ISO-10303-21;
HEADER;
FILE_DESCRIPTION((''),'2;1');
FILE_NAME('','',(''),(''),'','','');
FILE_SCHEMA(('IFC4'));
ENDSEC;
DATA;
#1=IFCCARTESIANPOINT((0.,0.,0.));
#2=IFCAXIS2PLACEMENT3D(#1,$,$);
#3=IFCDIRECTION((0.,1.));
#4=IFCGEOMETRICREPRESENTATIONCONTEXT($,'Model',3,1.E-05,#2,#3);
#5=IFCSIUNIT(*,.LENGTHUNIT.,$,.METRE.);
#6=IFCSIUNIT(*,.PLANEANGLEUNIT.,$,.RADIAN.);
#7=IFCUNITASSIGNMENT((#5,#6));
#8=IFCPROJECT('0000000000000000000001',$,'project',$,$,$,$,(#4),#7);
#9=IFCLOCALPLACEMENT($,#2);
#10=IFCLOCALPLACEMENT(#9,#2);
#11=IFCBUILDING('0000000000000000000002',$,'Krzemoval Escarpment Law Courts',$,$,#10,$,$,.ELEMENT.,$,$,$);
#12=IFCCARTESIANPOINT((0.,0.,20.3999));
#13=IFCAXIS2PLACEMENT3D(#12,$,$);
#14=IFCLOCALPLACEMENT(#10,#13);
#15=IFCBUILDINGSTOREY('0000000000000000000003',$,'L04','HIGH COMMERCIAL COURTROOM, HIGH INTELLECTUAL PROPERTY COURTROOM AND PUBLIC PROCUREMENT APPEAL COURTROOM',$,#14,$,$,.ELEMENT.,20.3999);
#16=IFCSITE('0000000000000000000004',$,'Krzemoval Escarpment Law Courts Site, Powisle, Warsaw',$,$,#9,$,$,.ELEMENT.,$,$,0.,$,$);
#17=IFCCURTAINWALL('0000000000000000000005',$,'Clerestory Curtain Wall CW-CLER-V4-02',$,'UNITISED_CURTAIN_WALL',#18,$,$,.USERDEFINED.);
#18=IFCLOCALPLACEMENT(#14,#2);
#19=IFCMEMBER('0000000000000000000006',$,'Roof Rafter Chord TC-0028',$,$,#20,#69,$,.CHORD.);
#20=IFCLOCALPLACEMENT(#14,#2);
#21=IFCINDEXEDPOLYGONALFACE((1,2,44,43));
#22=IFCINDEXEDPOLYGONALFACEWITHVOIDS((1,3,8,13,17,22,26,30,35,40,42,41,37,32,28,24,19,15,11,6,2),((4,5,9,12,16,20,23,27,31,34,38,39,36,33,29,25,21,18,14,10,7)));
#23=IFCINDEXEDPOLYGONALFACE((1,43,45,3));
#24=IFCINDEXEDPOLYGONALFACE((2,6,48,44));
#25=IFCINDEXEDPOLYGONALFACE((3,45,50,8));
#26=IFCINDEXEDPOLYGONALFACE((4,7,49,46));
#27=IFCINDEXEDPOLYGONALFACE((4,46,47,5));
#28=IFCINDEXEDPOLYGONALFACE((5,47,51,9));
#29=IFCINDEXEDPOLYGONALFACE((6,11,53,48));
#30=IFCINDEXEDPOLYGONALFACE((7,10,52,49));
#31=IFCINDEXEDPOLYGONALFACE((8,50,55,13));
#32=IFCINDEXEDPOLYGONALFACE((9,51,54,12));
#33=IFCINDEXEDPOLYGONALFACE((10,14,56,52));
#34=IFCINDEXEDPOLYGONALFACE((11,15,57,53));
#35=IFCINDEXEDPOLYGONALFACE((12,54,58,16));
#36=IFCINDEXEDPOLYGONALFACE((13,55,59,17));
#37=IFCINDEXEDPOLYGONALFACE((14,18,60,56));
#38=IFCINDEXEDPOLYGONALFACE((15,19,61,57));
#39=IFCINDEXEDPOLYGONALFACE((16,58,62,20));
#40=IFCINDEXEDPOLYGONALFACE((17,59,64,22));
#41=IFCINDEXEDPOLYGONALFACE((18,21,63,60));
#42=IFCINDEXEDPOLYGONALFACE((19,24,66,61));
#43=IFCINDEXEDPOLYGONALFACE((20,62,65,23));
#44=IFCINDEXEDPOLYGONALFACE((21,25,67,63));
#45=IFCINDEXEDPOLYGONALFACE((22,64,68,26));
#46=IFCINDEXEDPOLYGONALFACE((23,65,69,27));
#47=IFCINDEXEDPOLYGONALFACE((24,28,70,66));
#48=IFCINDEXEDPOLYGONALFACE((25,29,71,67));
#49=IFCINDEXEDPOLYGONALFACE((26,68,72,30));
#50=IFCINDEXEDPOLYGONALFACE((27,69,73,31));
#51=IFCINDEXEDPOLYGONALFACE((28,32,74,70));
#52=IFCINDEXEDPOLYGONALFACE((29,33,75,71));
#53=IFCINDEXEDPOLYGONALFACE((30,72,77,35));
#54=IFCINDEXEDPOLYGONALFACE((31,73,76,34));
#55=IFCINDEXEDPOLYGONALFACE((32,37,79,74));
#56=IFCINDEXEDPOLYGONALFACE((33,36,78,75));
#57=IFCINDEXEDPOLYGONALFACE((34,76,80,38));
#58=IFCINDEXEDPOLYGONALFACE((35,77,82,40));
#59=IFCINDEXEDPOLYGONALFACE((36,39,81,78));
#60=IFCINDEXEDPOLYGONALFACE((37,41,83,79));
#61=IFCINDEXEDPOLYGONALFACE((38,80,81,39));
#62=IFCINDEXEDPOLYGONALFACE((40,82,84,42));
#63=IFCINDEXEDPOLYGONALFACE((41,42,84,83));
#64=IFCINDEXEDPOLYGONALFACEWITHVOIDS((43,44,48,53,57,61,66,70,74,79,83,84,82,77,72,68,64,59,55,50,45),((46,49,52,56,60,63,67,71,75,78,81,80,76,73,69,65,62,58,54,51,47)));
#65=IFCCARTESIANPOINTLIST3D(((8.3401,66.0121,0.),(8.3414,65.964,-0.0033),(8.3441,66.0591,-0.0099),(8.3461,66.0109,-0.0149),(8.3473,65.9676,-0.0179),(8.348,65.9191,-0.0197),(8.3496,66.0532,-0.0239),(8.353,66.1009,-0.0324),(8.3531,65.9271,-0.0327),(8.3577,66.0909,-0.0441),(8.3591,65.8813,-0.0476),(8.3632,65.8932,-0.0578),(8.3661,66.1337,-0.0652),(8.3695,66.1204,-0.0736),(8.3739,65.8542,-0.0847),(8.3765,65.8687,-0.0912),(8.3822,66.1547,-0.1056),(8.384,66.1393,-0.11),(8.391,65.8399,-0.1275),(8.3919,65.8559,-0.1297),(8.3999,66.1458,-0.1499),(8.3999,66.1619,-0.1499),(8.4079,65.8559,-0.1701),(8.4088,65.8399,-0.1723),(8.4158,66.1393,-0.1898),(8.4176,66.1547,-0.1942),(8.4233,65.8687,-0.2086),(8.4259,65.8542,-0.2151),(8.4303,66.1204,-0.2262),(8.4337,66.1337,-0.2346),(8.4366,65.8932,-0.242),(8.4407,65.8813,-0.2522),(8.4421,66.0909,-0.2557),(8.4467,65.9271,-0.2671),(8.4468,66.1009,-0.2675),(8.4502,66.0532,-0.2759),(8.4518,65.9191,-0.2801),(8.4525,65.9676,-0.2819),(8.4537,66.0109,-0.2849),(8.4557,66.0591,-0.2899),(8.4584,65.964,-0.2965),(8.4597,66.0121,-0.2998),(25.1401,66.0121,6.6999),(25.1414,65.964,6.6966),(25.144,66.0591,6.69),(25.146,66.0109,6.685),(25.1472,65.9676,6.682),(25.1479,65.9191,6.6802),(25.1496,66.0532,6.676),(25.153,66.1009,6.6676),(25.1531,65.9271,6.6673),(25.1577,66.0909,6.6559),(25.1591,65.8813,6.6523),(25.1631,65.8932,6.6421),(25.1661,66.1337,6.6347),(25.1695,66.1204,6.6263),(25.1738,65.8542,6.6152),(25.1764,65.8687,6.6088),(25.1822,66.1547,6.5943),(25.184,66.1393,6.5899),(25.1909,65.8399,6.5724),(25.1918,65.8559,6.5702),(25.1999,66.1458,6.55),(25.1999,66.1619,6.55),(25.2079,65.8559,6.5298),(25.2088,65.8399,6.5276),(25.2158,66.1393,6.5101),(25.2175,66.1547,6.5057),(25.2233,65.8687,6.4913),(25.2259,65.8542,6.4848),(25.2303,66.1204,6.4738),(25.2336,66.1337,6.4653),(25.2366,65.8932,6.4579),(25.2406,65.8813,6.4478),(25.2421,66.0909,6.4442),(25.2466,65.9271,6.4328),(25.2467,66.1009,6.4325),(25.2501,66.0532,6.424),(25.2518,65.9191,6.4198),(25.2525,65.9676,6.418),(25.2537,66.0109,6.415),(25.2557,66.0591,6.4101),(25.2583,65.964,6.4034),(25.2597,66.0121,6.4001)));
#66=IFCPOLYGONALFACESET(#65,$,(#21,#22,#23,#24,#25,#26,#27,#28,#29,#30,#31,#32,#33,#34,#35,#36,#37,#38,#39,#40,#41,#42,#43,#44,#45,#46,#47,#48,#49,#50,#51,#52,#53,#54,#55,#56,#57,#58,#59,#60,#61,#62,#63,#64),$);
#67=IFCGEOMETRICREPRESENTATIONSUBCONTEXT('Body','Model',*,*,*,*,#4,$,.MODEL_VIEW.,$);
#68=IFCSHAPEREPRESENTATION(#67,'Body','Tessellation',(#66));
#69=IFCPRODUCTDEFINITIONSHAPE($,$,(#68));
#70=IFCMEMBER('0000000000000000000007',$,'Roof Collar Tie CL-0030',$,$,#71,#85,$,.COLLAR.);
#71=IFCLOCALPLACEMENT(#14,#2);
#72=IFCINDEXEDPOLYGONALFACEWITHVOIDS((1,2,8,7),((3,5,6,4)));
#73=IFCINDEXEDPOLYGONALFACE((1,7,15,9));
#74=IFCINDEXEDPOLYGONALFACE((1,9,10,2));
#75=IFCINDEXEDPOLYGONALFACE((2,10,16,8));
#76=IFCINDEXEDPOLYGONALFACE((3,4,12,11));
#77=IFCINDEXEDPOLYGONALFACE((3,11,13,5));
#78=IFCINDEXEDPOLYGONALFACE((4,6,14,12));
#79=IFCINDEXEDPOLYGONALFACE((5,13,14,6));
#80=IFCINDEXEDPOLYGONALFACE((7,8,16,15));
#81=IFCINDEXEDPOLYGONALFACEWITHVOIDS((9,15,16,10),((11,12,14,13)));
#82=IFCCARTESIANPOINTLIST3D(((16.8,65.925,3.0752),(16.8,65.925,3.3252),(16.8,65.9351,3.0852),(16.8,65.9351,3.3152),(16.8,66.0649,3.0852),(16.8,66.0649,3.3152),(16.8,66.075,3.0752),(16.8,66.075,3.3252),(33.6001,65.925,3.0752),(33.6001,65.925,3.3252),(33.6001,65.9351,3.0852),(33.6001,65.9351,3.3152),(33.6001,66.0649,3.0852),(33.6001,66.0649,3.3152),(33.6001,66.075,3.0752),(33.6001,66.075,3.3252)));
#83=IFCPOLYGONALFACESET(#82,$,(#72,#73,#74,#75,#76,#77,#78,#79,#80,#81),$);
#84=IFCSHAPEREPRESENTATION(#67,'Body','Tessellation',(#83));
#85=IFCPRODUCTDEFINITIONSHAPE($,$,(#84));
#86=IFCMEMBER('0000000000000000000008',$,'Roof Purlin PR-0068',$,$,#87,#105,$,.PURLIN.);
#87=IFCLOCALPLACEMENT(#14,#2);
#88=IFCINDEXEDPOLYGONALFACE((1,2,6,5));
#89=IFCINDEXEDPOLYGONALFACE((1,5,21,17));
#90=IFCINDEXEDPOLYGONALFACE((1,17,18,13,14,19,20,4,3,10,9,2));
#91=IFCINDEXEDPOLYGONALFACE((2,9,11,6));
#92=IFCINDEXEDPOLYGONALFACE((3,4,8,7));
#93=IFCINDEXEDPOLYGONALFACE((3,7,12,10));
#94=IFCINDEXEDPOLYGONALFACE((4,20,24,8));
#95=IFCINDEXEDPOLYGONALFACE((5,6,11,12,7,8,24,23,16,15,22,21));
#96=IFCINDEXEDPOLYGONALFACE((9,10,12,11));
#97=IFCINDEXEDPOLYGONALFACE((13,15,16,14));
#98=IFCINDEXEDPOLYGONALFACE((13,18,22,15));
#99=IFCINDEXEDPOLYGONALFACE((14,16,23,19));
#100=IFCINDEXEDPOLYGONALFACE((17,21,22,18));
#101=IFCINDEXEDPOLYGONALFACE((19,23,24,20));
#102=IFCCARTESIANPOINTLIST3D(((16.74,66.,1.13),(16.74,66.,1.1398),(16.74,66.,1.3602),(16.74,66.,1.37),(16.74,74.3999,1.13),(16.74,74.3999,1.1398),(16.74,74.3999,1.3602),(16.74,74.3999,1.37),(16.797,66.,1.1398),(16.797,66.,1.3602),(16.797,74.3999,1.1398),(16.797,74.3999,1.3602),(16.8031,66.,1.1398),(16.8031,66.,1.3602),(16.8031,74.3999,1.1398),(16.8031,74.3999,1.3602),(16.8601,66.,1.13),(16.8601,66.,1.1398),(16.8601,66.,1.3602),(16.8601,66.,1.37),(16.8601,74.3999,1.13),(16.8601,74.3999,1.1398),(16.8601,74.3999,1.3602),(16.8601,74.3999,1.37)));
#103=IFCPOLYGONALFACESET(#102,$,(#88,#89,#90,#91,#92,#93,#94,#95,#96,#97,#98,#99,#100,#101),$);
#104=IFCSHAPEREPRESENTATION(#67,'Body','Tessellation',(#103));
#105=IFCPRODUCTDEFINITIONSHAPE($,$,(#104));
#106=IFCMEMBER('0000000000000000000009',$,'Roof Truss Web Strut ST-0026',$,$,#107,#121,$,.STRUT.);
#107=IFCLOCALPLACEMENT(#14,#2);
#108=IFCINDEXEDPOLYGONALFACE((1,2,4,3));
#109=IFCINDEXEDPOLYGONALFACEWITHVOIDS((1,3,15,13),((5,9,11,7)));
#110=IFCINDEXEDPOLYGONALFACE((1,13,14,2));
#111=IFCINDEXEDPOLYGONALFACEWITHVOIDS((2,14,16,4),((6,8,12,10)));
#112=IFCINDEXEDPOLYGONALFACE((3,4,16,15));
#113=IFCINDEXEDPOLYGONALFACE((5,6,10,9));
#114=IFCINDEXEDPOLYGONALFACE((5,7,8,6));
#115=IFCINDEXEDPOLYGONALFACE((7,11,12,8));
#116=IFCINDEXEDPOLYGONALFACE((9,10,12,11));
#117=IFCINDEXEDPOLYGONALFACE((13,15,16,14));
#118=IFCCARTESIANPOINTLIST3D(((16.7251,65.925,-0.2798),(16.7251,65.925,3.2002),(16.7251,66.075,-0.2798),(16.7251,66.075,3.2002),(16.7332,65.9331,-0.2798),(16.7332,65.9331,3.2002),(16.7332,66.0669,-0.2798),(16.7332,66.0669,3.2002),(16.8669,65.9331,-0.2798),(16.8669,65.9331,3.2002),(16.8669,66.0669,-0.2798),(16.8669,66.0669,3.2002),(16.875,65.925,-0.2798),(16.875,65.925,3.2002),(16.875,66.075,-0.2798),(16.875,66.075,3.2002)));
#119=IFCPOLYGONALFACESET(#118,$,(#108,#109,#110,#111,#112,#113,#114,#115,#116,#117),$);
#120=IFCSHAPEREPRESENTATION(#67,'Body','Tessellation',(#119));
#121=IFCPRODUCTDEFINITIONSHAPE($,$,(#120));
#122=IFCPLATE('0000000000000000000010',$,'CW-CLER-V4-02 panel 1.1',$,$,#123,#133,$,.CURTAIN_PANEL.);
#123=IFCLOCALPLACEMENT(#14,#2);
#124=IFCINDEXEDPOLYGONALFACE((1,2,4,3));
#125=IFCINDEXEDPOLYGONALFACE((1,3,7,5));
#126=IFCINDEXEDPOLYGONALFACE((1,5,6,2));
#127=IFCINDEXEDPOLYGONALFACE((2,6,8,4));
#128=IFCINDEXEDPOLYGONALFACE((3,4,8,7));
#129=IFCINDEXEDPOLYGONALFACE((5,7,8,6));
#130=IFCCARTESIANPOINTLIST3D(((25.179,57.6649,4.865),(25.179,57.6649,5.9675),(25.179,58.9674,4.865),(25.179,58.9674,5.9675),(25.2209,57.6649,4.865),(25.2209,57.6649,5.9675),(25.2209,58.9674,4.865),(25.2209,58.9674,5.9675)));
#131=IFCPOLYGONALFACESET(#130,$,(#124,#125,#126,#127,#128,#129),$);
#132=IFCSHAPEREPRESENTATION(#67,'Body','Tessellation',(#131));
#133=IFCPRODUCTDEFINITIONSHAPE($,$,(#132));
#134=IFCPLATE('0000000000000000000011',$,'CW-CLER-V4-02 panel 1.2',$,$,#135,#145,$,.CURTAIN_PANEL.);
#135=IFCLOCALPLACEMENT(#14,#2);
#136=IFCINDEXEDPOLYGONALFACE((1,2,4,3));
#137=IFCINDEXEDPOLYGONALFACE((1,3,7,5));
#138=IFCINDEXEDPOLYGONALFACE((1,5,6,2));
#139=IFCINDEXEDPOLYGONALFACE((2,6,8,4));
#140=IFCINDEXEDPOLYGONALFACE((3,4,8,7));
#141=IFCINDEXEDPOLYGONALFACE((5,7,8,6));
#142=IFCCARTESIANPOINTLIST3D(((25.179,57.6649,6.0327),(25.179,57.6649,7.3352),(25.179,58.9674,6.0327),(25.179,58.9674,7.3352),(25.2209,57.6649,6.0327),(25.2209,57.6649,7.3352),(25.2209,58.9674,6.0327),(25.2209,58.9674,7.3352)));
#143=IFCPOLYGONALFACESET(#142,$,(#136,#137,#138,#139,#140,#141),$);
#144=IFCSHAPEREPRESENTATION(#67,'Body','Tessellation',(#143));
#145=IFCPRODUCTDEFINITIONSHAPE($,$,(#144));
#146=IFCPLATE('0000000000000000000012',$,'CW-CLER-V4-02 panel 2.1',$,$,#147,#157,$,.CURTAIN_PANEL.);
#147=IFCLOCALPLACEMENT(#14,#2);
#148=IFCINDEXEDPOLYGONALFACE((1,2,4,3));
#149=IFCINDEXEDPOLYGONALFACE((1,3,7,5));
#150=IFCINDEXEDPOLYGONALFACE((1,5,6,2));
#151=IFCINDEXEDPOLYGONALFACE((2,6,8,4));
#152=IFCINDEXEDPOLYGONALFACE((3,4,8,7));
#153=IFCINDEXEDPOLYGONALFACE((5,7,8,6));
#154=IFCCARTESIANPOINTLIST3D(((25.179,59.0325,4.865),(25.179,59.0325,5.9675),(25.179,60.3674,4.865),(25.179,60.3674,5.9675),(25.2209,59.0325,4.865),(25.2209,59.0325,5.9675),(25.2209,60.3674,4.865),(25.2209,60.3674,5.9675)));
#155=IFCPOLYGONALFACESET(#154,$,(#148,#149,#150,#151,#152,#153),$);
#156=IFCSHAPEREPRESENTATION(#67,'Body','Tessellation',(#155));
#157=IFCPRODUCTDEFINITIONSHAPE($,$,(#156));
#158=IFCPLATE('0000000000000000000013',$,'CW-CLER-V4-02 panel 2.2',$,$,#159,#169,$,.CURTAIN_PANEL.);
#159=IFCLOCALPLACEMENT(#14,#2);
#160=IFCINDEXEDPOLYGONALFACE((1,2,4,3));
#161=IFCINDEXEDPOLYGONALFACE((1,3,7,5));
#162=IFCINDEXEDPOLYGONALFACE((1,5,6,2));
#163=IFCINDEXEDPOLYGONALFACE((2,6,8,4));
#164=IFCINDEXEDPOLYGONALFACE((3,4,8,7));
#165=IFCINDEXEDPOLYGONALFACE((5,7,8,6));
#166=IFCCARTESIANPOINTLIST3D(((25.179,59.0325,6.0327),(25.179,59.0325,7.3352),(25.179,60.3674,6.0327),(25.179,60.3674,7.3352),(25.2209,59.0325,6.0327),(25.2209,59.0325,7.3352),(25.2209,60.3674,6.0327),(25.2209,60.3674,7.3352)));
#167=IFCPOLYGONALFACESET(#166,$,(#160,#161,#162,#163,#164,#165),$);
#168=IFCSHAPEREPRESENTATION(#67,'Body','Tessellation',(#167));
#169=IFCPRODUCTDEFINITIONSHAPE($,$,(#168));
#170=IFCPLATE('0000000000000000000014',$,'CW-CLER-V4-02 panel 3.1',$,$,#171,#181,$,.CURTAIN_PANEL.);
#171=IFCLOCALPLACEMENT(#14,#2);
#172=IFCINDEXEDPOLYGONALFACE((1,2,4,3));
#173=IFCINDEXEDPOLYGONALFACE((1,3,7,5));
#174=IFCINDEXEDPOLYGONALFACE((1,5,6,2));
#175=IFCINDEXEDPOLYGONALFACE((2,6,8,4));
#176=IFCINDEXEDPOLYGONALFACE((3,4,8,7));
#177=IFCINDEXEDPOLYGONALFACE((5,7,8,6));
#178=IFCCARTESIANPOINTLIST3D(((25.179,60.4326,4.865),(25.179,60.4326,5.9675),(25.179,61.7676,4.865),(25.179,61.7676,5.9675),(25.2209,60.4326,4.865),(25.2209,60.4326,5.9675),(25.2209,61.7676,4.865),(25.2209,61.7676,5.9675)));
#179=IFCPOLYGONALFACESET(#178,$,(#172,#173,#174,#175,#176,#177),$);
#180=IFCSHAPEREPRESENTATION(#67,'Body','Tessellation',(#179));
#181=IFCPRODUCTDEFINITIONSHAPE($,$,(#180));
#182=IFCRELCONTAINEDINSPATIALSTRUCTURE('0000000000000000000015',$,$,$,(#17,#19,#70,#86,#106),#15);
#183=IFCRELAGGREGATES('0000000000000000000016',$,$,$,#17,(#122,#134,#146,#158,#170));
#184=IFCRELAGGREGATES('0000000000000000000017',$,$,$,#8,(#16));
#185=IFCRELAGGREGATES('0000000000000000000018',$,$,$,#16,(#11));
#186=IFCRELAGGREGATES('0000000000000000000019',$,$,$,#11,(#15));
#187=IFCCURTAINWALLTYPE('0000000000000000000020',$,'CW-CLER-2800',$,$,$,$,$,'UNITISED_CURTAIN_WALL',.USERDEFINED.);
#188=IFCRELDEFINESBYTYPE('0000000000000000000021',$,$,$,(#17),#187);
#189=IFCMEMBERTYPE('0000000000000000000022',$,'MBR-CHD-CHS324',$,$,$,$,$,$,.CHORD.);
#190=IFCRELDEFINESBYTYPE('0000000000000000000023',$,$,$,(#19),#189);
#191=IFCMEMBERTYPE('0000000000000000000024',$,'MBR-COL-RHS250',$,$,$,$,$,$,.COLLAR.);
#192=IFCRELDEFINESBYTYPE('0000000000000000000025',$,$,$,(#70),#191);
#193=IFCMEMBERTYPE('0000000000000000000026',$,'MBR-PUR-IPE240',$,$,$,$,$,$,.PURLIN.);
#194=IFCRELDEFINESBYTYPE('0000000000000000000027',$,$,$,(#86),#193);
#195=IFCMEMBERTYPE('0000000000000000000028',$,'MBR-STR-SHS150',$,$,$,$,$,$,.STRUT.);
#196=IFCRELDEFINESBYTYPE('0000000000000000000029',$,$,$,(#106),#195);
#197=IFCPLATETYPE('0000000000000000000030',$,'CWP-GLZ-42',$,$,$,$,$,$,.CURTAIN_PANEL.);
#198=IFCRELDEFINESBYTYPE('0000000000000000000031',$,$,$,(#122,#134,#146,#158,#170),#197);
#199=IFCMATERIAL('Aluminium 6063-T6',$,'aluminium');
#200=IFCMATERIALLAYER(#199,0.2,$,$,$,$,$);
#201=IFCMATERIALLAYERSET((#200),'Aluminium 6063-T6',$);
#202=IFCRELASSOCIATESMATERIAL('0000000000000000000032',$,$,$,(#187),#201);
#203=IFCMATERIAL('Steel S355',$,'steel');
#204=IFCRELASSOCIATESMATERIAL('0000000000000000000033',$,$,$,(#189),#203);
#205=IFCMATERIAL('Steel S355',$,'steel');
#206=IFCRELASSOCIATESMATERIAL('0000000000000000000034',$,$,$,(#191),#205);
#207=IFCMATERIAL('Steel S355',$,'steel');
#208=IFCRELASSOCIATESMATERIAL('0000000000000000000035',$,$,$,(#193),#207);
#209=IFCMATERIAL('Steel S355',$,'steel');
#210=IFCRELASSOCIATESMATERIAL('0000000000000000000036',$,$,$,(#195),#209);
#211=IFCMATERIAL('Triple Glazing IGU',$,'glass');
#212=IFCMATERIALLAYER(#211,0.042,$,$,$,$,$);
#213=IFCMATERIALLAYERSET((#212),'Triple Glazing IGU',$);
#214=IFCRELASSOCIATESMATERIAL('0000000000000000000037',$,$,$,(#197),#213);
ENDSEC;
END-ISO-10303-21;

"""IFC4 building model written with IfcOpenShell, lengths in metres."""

from ifc_helpers import new_model, si_unit, direction, frame, origin, origin_2d, place, context, subcontext, project, spatial, rectangle, hollow_rectangle, hollow_circle, i_section, extrude, material, layer, layer_set, material_profile, profile_set, type_object, element, aggregate, save


model = new_model("IFC4")

# Units and contexts
model_context = context("Model", 3, precision=1e-05, world=origin(), true_north=direction((0.0, 1.0)))
body_context = subcontext(model_context, "Body", "Model", "MODEL_VIEW")
ifc_project = project(units=[si_unit("LENGTHUNIT", "METRE"), si_unit("PLANEANGLEUNIT", "RADIAN")], contexts=[model_context])

# Site, building, storey
site_placement = place(None, origin())
site = spatial("IfcSite", under=ifc_project, at=site_placement, Name="Krzemoval Escarpment Law Courts Site, Powisle, Warsaw", CompositionType="ELEMENT", RefElevation=0.0)
building_placement = place(site_placement, origin())
building = spatial("IfcBuilding", under=site, at=building_placement, Name="Krzemoval Escarpment Law Courts", CompositionType="ELEMENT")
storey_placement = place(building_placement, frame((0.0, 0.0, 20.3999)))
storey = spatial("IfcBuildingStorey", under=building, at=storey_placement, Name="L04", Description="HIGH COMMERCIAL COURTROOM, HIGH INTELLECTUAL PROPERTY COURTROOM AND PUBLIC PROCUREMENT APPEAL COURTROOM", CompositionType="ELEMENT", Elevation=20.3999)

# Curtain wall
ifc_material_1 = material(Name="Aluminium 6063-T6", Category="aluminium")
ifc_layer_1 = layer(ifc_material_1, 0.2)
ifc_layer_set_1 = layer_set([ifc_layer_1], Name="Aluminium 6063-T6")
curtain_wall_type = type_object("IfcCurtainWallType", Name="CW-CLER-2800", ElementType="UNITISED_CURTAIN_WALL", PredefinedType="USERDEFINED", material=ifc_layer_set_1)
curtain_wall_placement = place(storey_placement, origin())
curtain_wall = element("IfcCurtainWall", 1, at=curtain_wall_placement, inside=storey, type_object=curtain_wall_type, Name="Clerestory Curtain Wall CW-CLER-V4-02", ObjectType="UNITISED_CURTAIN_WALL", PredefinedType="USERDEFINED")

# Members
ifc_material_2 = material(Name="Steel S355", Category="steel")
ifc_material_profile_1 = material_profile(ifc_material_2, hollow_circle(Radius=0.1619, WallThickness=0.0161, at=origin_2d()), Name="CHS 323.9x16")
ifc_profile_set_1 = profile_set([ifc_material_profile_1], Name="Steel S355")
member_type_1 = type_object("IfcMemberType", Name="MBR-CHD-CHS324", PredefinedType="CHORD", material=ifc_profile_set_1)
member_1_placement = place(storey_placement, frame((8.3999, 66.0, -0.1499), z_axis=(0.928859, 0.0, 0.370434), x_axis=(0.0, 1.0, 0.0)))
element("IfcMember", 2, at=member_1_placement, inside=storey, type_object=member_type_1, Name="Roof Rafter Chord TC-0028", PredefinedType="CHORD", context=body_context, shape_type="SweptSolid", body=[
    extrude(hollow_circle(Radius=0.1619, WallThickness=0.0161, at=origin_2d()), origin(), (0.0, 0.0, 1.0), 18.0867),
])
ifc_material_3 = material(Name="Steel S355", Category="steel")
ifc_material_profile_2 = material_profile(ifc_material_3, hollow_rectangle(XDim=0.1499, YDim=0.25, WallThickness=0.01, at=origin_2d()), Name="RHS 250x150x10")
ifc_profile_set_2 = profile_set([ifc_material_profile_2], Name="Steel S355")
member_type_2 = type_object("IfcMemberType", Name="MBR-COL-RHS250", PredefinedType="COLLAR", material=ifc_profile_set_2)
member_2_placement = place(storey_placement, frame((16.8, 66.0, 3.2002), z_axis=(1.0, 0.0, 0.0), x_axis=(0.0, 1.0, 0.0)))
element("IfcMember", 3, at=member_2_placement, inside=storey, type_object=member_type_2, Name="Roof Collar Tie CL-0030", PredefinedType="COLLAR", context=body_context, shape_type="SweptSolid", body=[
    extrude(hollow_rectangle(XDim=0.1499, YDim=0.25, WallThickness=0.01, at=origin_2d()), origin(), (0.0, 0.0, 1.0), 16.8),
])
ifc_material_4 = material(Name="Steel S355", Category="steel")
ifc_material_profile_3 = material_profile(ifc_material_4, i_section(OverallWidth=0.1201, OverallDepth=0.24, WebThickness=0.0061, FlangeThickness=0.0098, at=origin_2d()), Name="IPE 240")
ifc_profile_set_3 = profile_set([ifc_material_profile_3], Name="Steel S355")
member_type_3 = type_object("IfcMemberType", Name="MBR-PUR-IPE240", PredefinedType="PURLIN", material=ifc_profile_set_3)
member_3_placement = place(storey_placement, frame((16.8, 66.0, 1.25), z_axis=(0.0, 1.0, 0.0), x_axis=(-1.0, 0.0, 0.0)))
element("IfcMember", 4, at=member_3_placement, inside=storey, type_object=member_type_3, Name="Roof Purlin PR-0068", PredefinedType="PURLIN", context=body_context, shape_type="SweptSolid", body=[
    extrude(i_section(OverallWidth=0.1201, OverallDepth=0.24, WebThickness=0.0061, FlangeThickness=0.0098, at=origin_2d()), origin(), (0.0, 0.0, 1.0), 8.3999),
])
ifc_material_5 = material(Name="Steel S355", Category="steel")
ifc_material_profile_4 = material_profile(ifc_material_5, hollow_rectangle(XDim=0.1499, YDim=0.1499, WallThickness=0.0081, at=origin_2d()), Name="SHS 150x150x8")
ifc_profile_set_4 = profile_set([ifc_material_profile_4], Name="Steel S355")
member_type_4 = type_object("IfcMemberType", Name="MBR-STR-SHS150", PredefinedType="STRUT", material=ifc_profile_set_4)
member_4_placement = place(storey_placement, frame((16.8, 66.0, -0.2798), z_axis=(0.0, 0.0, 1.0), x_axis=(1.0, 0.0, 0.0)))
element("IfcMember", 5, at=member_4_placement, inside=storey, type_object=member_type_4, Name="Roof Truss Web Strut ST-0026", PredefinedType="STRUT", context=body_context, shape_type="SweptSolid", body=[
    extrude(hollow_rectangle(XDim=0.1499, YDim=0.1499, WallThickness=0.0081, at=origin_2d()), origin(), (0.0, 0.0, 1.0), 3.48),
])

# Plates
ifc_material_6 = material(Name="Triple Glazing IGU", Category="glass")
ifc_layer_2 = layer(ifc_material_6, 0.042)
ifc_layer_set_2 = layer_set([ifc_layer_2], Name="Triple Glazing IGU")
plate_type_1 = type_object("IfcPlateType", Name="CWP-GLZ-42", PredefinedType="CURTAIN_PANEL", material=ifc_layer_set_2)
plate_1_placement = place(storey_placement, frame((25.2, 58.3162, 4.865), z_axis=(0.0, 0.0, 1.0), x_axis=(0.0, 1.0, 0.0)))
plate_1 = element("IfcPlate", 6, at=plate_1_placement, type_object=plate_type_1, Name="CW-CLER-V4-02 panel 1.1", PredefinedType="CURTAIN_PANEL", context=body_context, shape_type="SweptSolid", body=[
    extrude(rectangle(XDim=1.3025, YDim=0.042, at=origin_2d()), origin(), (0.0, 0.0, 1.0), 1.1025),
])
plate_2_placement = place(storey_placement, frame((25.2, 58.3162, 6.0327), z_axis=(0.0, 0.0, 1.0), x_axis=(0.0, 1.0, 0.0)))
plate_2 = element("IfcPlate", 7, at=plate_2_placement, type_object=plate_type_1, Name="CW-CLER-V4-02 panel 1.2", PredefinedType="CURTAIN_PANEL", context=body_context, shape_type="SweptSolid", body=[
    extrude(rectangle(XDim=1.3025, YDim=0.042, at=origin_2d()), origin(), (0.0, 0.0, 1.0), 1.3025),
])
plate_3_placement = place(storey_placement, frame((25.2, 59.7, 4.865), z_axis=(0.0, 0.0, 1.0), x_axis=(0.0, 1.0, 0.0)))
plate_3 = element("IfcPlate", 8, at=plate_3_placement, type_object=plate_type_1, Name="CW-CLER-V4-02 panel 2.1", PredefinedType="CURTAIN_PANEL", context=body_context, shape_type="SweptSolid", body=[
    extrude(rectangle(XDim=1.335, YDim=0.042, at=origin_2d()), origin(), (0.0, 0.0, 1.0), 1.1025),
])
plate_4_placement = place(storey_placement, frame((25.2, 59.7, 6.0327), z_axis=(0.0, 0.0, 1.0), x_axis=(0.0, 1.0, 0.0)))
plate_4 = element("IfcPlate", 9, at=plate_4_placement, type_object=plate_type_1, Name="CW-CLER-V4-02 panel 2.2", PredefinedType="CURTAIN_PANEL", context=body_context, shape_type="SweptSolid", body=[
    extrude(rectangle(XDim=1.335, YDim=0.042, at=origin_2d()), origin(), (0.0, 0.0, 1.0), 1.3025),
])
plate_5_placement = place(storey_placement, frame((25.2, 61.1001, 4.865), z_axis=(0.0, 0.0, 1.0), x_axis=(0.0, 1.0, 0.0)))
plate_5 = element("IfcPlate", 10, at=plate_5_placement, type_object=plate_type_1, Name="CW-CLER-V4-02 panel 3.1", PredefinedType="CURTAIN_PANEL", context=body_context, shape_type="SweptSolid", body=[
    extrude(rectangle(XDim=1.335, YDim=0.042, at=origin_2d()), origin(), (0.0, 0.0, 1.0), 1.1025),
])
aggregate(curtain_wall, [plate_1, plate_2, plate_3, plate_4, plate_5])

save(model, "model.ifc")
